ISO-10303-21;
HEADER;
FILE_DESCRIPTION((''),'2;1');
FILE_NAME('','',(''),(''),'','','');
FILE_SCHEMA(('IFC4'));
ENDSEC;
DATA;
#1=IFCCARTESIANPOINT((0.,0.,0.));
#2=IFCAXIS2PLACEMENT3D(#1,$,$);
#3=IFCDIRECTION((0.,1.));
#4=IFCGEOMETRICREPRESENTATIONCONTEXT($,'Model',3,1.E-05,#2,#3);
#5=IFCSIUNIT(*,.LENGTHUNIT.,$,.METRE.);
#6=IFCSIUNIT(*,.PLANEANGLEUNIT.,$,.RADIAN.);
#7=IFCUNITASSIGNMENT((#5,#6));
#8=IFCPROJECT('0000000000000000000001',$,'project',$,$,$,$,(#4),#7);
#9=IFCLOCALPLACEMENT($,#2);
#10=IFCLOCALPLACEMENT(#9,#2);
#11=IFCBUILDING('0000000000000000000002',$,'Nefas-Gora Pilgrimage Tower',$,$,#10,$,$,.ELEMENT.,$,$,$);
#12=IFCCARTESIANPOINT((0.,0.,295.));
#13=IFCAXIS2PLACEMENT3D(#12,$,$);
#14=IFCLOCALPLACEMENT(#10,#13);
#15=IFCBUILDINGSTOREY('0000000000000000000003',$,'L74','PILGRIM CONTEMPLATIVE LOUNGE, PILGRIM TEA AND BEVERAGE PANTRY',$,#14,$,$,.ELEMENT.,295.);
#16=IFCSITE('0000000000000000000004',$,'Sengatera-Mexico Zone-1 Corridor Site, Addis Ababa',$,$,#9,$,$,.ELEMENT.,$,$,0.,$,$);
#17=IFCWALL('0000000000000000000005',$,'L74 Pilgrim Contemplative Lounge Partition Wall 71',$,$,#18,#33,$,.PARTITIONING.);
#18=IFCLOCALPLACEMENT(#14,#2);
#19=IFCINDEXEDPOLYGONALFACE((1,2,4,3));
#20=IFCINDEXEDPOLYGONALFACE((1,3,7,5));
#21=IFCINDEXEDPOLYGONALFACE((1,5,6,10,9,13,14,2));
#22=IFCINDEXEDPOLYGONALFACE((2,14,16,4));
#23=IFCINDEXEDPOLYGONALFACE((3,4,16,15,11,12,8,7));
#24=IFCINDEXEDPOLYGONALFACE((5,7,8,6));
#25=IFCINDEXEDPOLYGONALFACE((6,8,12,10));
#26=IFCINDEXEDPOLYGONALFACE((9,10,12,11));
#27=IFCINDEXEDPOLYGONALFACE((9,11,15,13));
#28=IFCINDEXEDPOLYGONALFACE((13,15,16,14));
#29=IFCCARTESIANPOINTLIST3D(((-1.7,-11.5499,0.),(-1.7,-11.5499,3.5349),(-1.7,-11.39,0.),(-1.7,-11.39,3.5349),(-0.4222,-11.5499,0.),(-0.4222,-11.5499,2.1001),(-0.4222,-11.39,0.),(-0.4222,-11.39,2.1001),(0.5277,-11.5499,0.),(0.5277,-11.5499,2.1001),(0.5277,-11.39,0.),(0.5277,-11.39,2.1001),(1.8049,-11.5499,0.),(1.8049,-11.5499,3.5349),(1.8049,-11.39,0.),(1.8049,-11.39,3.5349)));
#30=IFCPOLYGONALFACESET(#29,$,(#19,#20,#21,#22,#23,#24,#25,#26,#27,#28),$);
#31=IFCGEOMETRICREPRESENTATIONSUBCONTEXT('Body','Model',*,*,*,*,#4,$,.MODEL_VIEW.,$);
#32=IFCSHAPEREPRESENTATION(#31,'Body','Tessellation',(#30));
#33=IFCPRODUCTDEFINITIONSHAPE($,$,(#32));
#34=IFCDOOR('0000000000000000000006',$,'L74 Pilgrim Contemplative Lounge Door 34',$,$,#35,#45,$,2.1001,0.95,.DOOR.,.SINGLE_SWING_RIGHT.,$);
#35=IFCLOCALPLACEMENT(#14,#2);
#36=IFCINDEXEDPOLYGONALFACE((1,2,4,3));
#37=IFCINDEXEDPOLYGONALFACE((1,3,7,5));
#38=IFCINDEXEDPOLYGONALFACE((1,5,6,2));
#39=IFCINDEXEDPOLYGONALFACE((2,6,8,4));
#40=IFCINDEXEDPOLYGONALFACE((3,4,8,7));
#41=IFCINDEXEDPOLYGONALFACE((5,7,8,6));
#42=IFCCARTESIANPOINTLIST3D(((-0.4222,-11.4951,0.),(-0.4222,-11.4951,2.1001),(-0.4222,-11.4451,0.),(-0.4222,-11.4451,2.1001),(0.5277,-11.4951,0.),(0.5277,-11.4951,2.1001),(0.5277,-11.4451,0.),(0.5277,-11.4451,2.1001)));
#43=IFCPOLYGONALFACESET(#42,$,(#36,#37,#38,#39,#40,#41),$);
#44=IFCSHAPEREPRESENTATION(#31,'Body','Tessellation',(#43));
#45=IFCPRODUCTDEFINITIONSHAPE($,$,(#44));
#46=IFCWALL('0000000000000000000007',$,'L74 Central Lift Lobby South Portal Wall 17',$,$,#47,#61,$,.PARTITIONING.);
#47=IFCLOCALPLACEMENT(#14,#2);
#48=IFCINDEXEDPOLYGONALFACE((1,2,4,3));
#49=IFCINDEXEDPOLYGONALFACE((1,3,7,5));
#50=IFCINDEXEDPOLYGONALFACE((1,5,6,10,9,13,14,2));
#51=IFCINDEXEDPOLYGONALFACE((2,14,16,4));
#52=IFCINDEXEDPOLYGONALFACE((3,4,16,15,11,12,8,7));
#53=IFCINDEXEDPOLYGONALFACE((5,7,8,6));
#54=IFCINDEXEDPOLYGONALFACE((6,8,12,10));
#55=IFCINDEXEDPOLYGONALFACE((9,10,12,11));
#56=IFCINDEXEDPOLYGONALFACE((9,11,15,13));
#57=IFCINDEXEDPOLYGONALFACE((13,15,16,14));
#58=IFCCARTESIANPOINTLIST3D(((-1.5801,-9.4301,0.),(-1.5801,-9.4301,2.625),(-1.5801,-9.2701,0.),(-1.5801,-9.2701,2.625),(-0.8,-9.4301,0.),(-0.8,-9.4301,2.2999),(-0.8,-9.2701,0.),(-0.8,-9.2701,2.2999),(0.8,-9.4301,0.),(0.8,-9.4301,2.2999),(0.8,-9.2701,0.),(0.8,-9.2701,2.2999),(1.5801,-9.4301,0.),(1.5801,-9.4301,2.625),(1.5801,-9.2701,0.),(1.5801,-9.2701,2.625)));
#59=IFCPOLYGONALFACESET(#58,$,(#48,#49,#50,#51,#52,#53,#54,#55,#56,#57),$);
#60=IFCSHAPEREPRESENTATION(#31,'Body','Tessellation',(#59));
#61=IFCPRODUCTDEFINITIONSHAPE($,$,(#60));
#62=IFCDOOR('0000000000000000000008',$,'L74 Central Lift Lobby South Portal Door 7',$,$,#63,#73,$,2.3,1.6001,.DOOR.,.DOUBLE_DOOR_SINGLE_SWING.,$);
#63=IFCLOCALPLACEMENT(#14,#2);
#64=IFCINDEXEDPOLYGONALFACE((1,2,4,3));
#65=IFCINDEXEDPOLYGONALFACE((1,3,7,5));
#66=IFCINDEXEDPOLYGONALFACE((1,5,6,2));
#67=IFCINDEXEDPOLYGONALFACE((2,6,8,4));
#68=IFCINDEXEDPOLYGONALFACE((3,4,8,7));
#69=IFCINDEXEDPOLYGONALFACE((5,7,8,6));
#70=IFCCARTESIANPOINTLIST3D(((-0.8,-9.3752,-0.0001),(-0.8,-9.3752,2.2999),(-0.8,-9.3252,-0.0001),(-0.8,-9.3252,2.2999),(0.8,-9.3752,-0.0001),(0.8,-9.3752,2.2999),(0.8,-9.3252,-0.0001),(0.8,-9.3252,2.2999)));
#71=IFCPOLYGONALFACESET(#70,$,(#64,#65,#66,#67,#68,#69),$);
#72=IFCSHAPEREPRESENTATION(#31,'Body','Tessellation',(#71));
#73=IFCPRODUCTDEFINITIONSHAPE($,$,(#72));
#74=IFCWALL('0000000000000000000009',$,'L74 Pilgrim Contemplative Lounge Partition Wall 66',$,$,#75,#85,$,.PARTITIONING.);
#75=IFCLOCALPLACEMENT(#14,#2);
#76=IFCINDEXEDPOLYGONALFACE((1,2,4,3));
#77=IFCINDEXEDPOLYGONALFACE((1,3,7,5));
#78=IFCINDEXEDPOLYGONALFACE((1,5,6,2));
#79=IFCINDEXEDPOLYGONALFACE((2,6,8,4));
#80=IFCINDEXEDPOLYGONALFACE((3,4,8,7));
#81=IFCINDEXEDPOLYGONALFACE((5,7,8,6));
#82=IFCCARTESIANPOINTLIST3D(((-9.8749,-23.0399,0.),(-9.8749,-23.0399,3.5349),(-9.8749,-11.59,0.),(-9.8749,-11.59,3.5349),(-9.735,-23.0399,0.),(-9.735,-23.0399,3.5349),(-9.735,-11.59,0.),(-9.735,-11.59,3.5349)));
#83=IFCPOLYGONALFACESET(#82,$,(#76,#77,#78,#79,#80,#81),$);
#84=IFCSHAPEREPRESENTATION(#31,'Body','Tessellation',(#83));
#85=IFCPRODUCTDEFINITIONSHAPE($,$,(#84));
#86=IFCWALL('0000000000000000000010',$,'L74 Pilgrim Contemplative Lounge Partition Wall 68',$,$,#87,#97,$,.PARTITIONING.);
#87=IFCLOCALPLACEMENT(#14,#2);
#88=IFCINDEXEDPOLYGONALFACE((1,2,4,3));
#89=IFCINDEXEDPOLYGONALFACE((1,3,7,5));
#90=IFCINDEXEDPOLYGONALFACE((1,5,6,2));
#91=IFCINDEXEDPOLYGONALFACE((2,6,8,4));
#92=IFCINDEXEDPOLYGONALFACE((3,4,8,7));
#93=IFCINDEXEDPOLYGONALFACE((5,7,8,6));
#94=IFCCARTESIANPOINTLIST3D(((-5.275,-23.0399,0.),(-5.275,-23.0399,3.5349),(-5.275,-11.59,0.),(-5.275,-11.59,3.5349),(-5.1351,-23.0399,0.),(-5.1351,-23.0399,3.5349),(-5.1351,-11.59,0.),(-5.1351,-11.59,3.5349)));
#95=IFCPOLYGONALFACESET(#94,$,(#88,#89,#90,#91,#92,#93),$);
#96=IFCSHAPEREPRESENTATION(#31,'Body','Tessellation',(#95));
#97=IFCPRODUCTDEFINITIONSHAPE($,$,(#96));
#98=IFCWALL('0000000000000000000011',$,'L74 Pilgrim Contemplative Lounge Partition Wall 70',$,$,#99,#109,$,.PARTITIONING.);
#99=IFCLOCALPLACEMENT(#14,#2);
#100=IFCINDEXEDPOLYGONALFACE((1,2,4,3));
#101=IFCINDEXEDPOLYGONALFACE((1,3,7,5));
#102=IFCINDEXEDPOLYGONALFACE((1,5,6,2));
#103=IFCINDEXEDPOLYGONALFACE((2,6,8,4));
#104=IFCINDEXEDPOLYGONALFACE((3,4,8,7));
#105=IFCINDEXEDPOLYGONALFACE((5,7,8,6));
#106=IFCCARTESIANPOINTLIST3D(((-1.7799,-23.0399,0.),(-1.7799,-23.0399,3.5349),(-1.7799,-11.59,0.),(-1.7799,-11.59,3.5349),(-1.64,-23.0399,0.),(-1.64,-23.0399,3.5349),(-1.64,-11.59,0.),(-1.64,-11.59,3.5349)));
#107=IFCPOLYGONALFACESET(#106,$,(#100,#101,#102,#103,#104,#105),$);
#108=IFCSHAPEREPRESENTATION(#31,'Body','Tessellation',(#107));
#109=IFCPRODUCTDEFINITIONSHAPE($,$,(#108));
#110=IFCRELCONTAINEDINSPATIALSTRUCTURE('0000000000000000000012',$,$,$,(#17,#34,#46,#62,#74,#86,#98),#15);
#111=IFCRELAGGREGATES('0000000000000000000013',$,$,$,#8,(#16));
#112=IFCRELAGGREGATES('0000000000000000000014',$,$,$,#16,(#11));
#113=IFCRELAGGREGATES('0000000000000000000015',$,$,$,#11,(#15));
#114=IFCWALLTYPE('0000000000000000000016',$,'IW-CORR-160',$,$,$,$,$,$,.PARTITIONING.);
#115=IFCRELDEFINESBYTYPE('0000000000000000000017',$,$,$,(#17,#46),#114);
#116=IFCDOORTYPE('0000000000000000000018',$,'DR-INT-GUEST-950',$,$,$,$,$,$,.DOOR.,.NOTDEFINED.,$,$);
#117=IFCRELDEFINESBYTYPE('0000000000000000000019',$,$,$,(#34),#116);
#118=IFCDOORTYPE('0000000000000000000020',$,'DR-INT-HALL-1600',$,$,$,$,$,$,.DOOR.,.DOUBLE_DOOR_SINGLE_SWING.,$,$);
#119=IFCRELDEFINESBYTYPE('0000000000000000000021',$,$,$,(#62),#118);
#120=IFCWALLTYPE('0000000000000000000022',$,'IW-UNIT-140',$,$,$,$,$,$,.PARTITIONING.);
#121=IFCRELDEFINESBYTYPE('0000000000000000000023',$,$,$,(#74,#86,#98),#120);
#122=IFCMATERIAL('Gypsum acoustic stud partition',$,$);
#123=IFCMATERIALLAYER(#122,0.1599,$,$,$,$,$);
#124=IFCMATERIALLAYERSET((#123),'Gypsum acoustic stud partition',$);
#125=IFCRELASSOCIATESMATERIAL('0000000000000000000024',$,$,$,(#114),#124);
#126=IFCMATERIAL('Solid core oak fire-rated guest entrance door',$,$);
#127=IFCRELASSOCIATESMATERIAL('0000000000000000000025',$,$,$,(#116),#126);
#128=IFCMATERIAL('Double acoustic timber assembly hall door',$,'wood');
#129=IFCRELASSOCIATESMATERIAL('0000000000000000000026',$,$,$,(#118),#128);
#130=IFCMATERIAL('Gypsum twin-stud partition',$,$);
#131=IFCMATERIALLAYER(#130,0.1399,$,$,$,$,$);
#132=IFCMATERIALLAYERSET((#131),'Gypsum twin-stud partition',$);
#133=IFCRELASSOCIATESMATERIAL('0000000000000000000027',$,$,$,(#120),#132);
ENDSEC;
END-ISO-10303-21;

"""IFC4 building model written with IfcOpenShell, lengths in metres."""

from ifc_helpers import new_model, si_unit, direction, frame, frame_2d, origin, place, context, subcontext, project, spatial, rectangle, extrude, source, transform, mapped, material, layer, layer_set, type_object, element, fill, save


model = new_model("IFC4")

# Units and contexts
model_context = context("Model", 3, precision=1e-05, world=origin(), true_north=direction((0.0, 1.0)))
body_context = subcontext(model_context, "Body", "Model", "MODEL_VIEW")
ifc_project = project(units=[si_unit("LENGTHUNIT", "METRE"), si_unit("PLANEANGLEUNIT", "RADIAN")], contexts=[model_context])

# Site, building, storey
site_placement = place(None, origin())
site = spatial("IfcSite", under=ifc_project, at=site_placement, Name="Sengatera-Mexico Zone-1 Corridor Site, Addis Ababa", CompositionType="ELEMENT", RefElevation=0.0)
building_placement = place(site_placement, origin())
building = spatial("IfcBuilding", under=site, at=building_placement, Name="Nefas-Gora Pilgrimage Tower", CompositionType="ELEMENT")
storey_placement = place(building_placement, frame((0.0, 0.0, 295.0)))
storey = spatial("IfcBuildingStorey", under=building, at=storey_placement, Name="L74", Description="PILGRIM CONTEMPLATIVE LOUNGE, PILGRIM TEA AND BEVERAGE PANTRY", CompositionType="ELEMENT", Elevation=295.0)

# Walls, openings, doors
ifc_material_1 = material(Name="Gypsum acoustic stud partition")
ifc_layer_1 = layer(ifc_material_1, 0.1599)
ifc_layer_set_1 = layer_set([ifc_layer_1], Name="Gypsum acoustic stud partition")
wall_type_1 = type_object("IfcWallType", Name="IW-CORR-160", PredefinedType="PARTITIONING", material=ifc_layer_set_1)
ifc_material_2 = material(Name="Solid core oak fire-rated guest entrance door")
door_type_1 = type_object("IfcDoorType", Name="DR-INT-GUEST-950", OperationType="NOTDEFINED", PredefinedType="DOOR", material=ifc_material_2)
shared_shape_1 = source(origin(), body_context, "Body", "SweptSolid", [
    extrude(rectangle(XDim=0.95, YDim=2.1001, at=frame_2d((0.4751, 1.05))), frame((0.0, 0.0249, 0.0), z_axis=(0.0, -1.0, 0.0), x_axis=(1.0, 0.0, 0.0)), (0.0, 0.0, 1.0), 0.05),
])
shared_shape_2 = source(origin(), body_context, "Body", "SweptSolid", [
    extrude(rectangle(XDim=3.5049, YDim=0.1599, at=frame_2d((1.7524, 0.0))), origin(), (0.0, 0.0, 1.0), 3.5349),
])
wall_1_placement = place(storey_placement, frame((-1.7, -11.47, 0.0), z_axis=(0.0, 0.0, 1.0), x_axis=(1.0, 0.0, 0.0)))
wall_1 = element("IfcWall", 1, at=wall_1_placement, inside=storey, type_object=wall_type_1, Name="L74 Pilgrim Contemplative Lounge Partition Wall 71", PredefinedType="PARTITIONING", context=body_context, shape_type="MappedRepresentation", body=[
    mapped(shared_shape_2, transform((0.0, 0.0, 0.0), x_axis=(1.0, 0.0, 0.0), y_axis=(0.0, 1.0, 0.0), z_axis=(0.0, 0.0, 1.0), scale=1.0)),
])
opening_1_placement = place(wall_1_placement, frame((1.2776, 0.0, 0.0)))
opening_1 = element("IfcOpeningElement", 2, at=opening_1_placement, cuts=wall_1, PredefinedType="OPENING", context=body_context, shape_type="SweptSolid", body=[
    extrude(rectangle(XDim=0.95, YDim=2.1001, at=frame_2d((0.4751, 1.05))), frame((0.0, 0.0898, 0.0), z_axis=(0.0, -1.0, 0.0), x_axis=(1.0, 0.0, 0.0)), (0.0, 0.0, 1.0), 0.1799),
])
door_1_placement = place(opening_1_placement, origin())
door_1 = element("IfcDoor", 3, at=door_1_placement, inside=storey, type_object=door_type_1, Name="L74 Pilgrim Contemplative Lounge Door 34", OperationType="SINGLE_SWING_RIGHT", OverallHeight=2.1001, OverallWidth=0.95, PredefinedType="DOOR", context=body_context, shape_type="MappedRepresentation", body=[
    mapped(shared_shape_1, transform((0.0, 0.0, 0.0), x_axis=(1.0, 0.0, 0.0), y_axis=(0.0, 1.0, 0.0), z_axis=(0.0, 0.0, 1.0), scale=1.0)),
])
fill(opening_1, door_1)
shared_shape_3 = source(origin(), body_context, "Body", "SweptSolid", [
    extrude(rectangle(XDim=3.1602, YDim=0.1599, at=frame_2d((1.5801, 0.0))), origin(), (0.0, 0.0, 1.0), 2.625),
])
wall_2_placement = place(storey_placement, frame((-1.5801, -9.3501, 0.0), z_axis=(0.0, 0.0, 1.0), x_axis=(1.0, 0.0, 0.0)))
wall_2 = element("IfcWall", 4, at=wall_2_placement, inside=storey, type_object=wall_type_1, Name="L74 Central Lift Lobby South Portal Wall 17", PredefinedType="PARTITIONING", context=body_context, shape_type="MappedRepresentation", body=[
    mapped(shared_shape_3, transform((0.0, 0.0, 0.0), x_axis=(1.0, 0.0, 0.0), y_axis=(0.0, 1.0, 0.0), z_axis=(0.0, 0.0, 1.0), scale=1.0)),
])
opening_2_placement = place(wall_2_placement, frame((0.78, 0.0, 0.0)))
opening_2 = element("IfcOpeningElement", 5, at=opening_2_placement, cuts=wall_2, PredefinedType="OPENING", context=body_context, shape_type="SweptSolid", body=[
    extrude(rectangle(XDim=1.6001, YDim=2.3, at=frame_2d((0.8, 1.1499))), frame((0.0, 0.0898, 0.0), z_axis=(0.0, -1.0, 0.0), x_axis=(1.0, 0.0, 0.0)), (0.0, 0.0, 1.0), 0.1799),
])
ifc_material_3 = material(Name="Double acoustic timber assembly hall door", Category="wood")
door_type_2 = type_object("IfcDoorType", Name="DR-INT-HALL-1600", OperationType="DOUBLE_DOOR_SINGLE_SWING", PredefinedType="DOOR", material=ifc_material_3)
shared_shape_4 = source(origin(), body_context, "Body", "SweptSolid", [
    extrude(rectangle(XDim=1.6001, YDim=2.3, at=frame_2d((0.8, 1.1499))), frame((0.0, 0.0249, 0.0), z_axis=(0.0, -1.0, 0.0), x_axis=(1.0, 0.0, 0.0)), (0.0, 0.0, 1.0), 0.05),
])
door_2_placement = place(opening_2_placement, origin())
door_2 = element("IfcDoor", 6, at=door_2_placement, inside=storey, type_object=door_type_2, Name="L74 Central Lift Lobby South Portal Door 7", OperationType="DOUBLE_DOOR_SINGLE_SWING", OverallHeight=2.3, OverallWidth=1.6001, PredefinedType="DOOR", context=body_context, shape_type="MappedRepresentation", body=[
    mapped(shared_shape_4, transform((0.0, 0.0, 0.0), x_axis=(1.0, 0.0, 0.0), y_axis=(0.0, 1.0, 0.0), z_axis=(0.0, 0.0, 1.0), scale=1.0)),
])
fill(opening_2, door_2)

# Walls
ifc_material_4 = material(Name="Gypsum twin-stud partition")
ifc_layer_2 = layer(ifc_material_4, 0.1399)
ifc_layer_set_2 = layer_set([ifc_layer_2], Name="Gypsum twin-stud partition")
wall_type_2 = type_object("IfcWallType", Name="IW-UNIT-140", PredefinedType="PARTITIONING", material=ifc_layer_set_2)
shared_shape_5 = source(origin(), body_context, "Body", "SweptSolid", [
    extrude(rectangle(XDim=11.45, YDim=0.1399, at=frame_2d((5.7251, 0.0))), origin(), (0.0, 0.0, 1.0), 3.5349),
])
for number, where, z_axis, x_axis, name in (
    (7, (-9.8049, -23.04, 0.0), (0.0, 0.0, 1.0), (0.0, 1.0, 0.0), "L74 Pilgrim Contemplative Lounge Partition Wall 66"),
    (8, (-5.2051, -23.04, 0.0), (0.0, 0.0, 1.0), (0.0, 1.0, 0.0), "L74 Pilgrim Contemplative Lounge Partition Wall 68"),
    (9, (-1.71, -23.04, 0.0), (0.0, 0.0, 1.0), (0.0, 1.0, 0.0), "L74 Pilgrim Contemplative Lounge Partition Wall 70"),
):
    element("IfcWall", number, at=place(storey_placement, frame(where, z_axis=z_axis, x_axis=x_axis)), inside=storey, type_object=wall_type_2, Name=name, PredefinedType="PARTITIONING", context=body_context, shape_type="MappedRepresentation", body=[
        mapped(shared_shape_5, transform((0.0, 0.0, 0.0), x_axis=(1.0, 0.0, 0.0), y_axis=(0.0, 1.0, 0.0), z_axis=(0.0, 0.0, 1.0), scale=1.0)),
    ])

save(model, "model.ifc")
